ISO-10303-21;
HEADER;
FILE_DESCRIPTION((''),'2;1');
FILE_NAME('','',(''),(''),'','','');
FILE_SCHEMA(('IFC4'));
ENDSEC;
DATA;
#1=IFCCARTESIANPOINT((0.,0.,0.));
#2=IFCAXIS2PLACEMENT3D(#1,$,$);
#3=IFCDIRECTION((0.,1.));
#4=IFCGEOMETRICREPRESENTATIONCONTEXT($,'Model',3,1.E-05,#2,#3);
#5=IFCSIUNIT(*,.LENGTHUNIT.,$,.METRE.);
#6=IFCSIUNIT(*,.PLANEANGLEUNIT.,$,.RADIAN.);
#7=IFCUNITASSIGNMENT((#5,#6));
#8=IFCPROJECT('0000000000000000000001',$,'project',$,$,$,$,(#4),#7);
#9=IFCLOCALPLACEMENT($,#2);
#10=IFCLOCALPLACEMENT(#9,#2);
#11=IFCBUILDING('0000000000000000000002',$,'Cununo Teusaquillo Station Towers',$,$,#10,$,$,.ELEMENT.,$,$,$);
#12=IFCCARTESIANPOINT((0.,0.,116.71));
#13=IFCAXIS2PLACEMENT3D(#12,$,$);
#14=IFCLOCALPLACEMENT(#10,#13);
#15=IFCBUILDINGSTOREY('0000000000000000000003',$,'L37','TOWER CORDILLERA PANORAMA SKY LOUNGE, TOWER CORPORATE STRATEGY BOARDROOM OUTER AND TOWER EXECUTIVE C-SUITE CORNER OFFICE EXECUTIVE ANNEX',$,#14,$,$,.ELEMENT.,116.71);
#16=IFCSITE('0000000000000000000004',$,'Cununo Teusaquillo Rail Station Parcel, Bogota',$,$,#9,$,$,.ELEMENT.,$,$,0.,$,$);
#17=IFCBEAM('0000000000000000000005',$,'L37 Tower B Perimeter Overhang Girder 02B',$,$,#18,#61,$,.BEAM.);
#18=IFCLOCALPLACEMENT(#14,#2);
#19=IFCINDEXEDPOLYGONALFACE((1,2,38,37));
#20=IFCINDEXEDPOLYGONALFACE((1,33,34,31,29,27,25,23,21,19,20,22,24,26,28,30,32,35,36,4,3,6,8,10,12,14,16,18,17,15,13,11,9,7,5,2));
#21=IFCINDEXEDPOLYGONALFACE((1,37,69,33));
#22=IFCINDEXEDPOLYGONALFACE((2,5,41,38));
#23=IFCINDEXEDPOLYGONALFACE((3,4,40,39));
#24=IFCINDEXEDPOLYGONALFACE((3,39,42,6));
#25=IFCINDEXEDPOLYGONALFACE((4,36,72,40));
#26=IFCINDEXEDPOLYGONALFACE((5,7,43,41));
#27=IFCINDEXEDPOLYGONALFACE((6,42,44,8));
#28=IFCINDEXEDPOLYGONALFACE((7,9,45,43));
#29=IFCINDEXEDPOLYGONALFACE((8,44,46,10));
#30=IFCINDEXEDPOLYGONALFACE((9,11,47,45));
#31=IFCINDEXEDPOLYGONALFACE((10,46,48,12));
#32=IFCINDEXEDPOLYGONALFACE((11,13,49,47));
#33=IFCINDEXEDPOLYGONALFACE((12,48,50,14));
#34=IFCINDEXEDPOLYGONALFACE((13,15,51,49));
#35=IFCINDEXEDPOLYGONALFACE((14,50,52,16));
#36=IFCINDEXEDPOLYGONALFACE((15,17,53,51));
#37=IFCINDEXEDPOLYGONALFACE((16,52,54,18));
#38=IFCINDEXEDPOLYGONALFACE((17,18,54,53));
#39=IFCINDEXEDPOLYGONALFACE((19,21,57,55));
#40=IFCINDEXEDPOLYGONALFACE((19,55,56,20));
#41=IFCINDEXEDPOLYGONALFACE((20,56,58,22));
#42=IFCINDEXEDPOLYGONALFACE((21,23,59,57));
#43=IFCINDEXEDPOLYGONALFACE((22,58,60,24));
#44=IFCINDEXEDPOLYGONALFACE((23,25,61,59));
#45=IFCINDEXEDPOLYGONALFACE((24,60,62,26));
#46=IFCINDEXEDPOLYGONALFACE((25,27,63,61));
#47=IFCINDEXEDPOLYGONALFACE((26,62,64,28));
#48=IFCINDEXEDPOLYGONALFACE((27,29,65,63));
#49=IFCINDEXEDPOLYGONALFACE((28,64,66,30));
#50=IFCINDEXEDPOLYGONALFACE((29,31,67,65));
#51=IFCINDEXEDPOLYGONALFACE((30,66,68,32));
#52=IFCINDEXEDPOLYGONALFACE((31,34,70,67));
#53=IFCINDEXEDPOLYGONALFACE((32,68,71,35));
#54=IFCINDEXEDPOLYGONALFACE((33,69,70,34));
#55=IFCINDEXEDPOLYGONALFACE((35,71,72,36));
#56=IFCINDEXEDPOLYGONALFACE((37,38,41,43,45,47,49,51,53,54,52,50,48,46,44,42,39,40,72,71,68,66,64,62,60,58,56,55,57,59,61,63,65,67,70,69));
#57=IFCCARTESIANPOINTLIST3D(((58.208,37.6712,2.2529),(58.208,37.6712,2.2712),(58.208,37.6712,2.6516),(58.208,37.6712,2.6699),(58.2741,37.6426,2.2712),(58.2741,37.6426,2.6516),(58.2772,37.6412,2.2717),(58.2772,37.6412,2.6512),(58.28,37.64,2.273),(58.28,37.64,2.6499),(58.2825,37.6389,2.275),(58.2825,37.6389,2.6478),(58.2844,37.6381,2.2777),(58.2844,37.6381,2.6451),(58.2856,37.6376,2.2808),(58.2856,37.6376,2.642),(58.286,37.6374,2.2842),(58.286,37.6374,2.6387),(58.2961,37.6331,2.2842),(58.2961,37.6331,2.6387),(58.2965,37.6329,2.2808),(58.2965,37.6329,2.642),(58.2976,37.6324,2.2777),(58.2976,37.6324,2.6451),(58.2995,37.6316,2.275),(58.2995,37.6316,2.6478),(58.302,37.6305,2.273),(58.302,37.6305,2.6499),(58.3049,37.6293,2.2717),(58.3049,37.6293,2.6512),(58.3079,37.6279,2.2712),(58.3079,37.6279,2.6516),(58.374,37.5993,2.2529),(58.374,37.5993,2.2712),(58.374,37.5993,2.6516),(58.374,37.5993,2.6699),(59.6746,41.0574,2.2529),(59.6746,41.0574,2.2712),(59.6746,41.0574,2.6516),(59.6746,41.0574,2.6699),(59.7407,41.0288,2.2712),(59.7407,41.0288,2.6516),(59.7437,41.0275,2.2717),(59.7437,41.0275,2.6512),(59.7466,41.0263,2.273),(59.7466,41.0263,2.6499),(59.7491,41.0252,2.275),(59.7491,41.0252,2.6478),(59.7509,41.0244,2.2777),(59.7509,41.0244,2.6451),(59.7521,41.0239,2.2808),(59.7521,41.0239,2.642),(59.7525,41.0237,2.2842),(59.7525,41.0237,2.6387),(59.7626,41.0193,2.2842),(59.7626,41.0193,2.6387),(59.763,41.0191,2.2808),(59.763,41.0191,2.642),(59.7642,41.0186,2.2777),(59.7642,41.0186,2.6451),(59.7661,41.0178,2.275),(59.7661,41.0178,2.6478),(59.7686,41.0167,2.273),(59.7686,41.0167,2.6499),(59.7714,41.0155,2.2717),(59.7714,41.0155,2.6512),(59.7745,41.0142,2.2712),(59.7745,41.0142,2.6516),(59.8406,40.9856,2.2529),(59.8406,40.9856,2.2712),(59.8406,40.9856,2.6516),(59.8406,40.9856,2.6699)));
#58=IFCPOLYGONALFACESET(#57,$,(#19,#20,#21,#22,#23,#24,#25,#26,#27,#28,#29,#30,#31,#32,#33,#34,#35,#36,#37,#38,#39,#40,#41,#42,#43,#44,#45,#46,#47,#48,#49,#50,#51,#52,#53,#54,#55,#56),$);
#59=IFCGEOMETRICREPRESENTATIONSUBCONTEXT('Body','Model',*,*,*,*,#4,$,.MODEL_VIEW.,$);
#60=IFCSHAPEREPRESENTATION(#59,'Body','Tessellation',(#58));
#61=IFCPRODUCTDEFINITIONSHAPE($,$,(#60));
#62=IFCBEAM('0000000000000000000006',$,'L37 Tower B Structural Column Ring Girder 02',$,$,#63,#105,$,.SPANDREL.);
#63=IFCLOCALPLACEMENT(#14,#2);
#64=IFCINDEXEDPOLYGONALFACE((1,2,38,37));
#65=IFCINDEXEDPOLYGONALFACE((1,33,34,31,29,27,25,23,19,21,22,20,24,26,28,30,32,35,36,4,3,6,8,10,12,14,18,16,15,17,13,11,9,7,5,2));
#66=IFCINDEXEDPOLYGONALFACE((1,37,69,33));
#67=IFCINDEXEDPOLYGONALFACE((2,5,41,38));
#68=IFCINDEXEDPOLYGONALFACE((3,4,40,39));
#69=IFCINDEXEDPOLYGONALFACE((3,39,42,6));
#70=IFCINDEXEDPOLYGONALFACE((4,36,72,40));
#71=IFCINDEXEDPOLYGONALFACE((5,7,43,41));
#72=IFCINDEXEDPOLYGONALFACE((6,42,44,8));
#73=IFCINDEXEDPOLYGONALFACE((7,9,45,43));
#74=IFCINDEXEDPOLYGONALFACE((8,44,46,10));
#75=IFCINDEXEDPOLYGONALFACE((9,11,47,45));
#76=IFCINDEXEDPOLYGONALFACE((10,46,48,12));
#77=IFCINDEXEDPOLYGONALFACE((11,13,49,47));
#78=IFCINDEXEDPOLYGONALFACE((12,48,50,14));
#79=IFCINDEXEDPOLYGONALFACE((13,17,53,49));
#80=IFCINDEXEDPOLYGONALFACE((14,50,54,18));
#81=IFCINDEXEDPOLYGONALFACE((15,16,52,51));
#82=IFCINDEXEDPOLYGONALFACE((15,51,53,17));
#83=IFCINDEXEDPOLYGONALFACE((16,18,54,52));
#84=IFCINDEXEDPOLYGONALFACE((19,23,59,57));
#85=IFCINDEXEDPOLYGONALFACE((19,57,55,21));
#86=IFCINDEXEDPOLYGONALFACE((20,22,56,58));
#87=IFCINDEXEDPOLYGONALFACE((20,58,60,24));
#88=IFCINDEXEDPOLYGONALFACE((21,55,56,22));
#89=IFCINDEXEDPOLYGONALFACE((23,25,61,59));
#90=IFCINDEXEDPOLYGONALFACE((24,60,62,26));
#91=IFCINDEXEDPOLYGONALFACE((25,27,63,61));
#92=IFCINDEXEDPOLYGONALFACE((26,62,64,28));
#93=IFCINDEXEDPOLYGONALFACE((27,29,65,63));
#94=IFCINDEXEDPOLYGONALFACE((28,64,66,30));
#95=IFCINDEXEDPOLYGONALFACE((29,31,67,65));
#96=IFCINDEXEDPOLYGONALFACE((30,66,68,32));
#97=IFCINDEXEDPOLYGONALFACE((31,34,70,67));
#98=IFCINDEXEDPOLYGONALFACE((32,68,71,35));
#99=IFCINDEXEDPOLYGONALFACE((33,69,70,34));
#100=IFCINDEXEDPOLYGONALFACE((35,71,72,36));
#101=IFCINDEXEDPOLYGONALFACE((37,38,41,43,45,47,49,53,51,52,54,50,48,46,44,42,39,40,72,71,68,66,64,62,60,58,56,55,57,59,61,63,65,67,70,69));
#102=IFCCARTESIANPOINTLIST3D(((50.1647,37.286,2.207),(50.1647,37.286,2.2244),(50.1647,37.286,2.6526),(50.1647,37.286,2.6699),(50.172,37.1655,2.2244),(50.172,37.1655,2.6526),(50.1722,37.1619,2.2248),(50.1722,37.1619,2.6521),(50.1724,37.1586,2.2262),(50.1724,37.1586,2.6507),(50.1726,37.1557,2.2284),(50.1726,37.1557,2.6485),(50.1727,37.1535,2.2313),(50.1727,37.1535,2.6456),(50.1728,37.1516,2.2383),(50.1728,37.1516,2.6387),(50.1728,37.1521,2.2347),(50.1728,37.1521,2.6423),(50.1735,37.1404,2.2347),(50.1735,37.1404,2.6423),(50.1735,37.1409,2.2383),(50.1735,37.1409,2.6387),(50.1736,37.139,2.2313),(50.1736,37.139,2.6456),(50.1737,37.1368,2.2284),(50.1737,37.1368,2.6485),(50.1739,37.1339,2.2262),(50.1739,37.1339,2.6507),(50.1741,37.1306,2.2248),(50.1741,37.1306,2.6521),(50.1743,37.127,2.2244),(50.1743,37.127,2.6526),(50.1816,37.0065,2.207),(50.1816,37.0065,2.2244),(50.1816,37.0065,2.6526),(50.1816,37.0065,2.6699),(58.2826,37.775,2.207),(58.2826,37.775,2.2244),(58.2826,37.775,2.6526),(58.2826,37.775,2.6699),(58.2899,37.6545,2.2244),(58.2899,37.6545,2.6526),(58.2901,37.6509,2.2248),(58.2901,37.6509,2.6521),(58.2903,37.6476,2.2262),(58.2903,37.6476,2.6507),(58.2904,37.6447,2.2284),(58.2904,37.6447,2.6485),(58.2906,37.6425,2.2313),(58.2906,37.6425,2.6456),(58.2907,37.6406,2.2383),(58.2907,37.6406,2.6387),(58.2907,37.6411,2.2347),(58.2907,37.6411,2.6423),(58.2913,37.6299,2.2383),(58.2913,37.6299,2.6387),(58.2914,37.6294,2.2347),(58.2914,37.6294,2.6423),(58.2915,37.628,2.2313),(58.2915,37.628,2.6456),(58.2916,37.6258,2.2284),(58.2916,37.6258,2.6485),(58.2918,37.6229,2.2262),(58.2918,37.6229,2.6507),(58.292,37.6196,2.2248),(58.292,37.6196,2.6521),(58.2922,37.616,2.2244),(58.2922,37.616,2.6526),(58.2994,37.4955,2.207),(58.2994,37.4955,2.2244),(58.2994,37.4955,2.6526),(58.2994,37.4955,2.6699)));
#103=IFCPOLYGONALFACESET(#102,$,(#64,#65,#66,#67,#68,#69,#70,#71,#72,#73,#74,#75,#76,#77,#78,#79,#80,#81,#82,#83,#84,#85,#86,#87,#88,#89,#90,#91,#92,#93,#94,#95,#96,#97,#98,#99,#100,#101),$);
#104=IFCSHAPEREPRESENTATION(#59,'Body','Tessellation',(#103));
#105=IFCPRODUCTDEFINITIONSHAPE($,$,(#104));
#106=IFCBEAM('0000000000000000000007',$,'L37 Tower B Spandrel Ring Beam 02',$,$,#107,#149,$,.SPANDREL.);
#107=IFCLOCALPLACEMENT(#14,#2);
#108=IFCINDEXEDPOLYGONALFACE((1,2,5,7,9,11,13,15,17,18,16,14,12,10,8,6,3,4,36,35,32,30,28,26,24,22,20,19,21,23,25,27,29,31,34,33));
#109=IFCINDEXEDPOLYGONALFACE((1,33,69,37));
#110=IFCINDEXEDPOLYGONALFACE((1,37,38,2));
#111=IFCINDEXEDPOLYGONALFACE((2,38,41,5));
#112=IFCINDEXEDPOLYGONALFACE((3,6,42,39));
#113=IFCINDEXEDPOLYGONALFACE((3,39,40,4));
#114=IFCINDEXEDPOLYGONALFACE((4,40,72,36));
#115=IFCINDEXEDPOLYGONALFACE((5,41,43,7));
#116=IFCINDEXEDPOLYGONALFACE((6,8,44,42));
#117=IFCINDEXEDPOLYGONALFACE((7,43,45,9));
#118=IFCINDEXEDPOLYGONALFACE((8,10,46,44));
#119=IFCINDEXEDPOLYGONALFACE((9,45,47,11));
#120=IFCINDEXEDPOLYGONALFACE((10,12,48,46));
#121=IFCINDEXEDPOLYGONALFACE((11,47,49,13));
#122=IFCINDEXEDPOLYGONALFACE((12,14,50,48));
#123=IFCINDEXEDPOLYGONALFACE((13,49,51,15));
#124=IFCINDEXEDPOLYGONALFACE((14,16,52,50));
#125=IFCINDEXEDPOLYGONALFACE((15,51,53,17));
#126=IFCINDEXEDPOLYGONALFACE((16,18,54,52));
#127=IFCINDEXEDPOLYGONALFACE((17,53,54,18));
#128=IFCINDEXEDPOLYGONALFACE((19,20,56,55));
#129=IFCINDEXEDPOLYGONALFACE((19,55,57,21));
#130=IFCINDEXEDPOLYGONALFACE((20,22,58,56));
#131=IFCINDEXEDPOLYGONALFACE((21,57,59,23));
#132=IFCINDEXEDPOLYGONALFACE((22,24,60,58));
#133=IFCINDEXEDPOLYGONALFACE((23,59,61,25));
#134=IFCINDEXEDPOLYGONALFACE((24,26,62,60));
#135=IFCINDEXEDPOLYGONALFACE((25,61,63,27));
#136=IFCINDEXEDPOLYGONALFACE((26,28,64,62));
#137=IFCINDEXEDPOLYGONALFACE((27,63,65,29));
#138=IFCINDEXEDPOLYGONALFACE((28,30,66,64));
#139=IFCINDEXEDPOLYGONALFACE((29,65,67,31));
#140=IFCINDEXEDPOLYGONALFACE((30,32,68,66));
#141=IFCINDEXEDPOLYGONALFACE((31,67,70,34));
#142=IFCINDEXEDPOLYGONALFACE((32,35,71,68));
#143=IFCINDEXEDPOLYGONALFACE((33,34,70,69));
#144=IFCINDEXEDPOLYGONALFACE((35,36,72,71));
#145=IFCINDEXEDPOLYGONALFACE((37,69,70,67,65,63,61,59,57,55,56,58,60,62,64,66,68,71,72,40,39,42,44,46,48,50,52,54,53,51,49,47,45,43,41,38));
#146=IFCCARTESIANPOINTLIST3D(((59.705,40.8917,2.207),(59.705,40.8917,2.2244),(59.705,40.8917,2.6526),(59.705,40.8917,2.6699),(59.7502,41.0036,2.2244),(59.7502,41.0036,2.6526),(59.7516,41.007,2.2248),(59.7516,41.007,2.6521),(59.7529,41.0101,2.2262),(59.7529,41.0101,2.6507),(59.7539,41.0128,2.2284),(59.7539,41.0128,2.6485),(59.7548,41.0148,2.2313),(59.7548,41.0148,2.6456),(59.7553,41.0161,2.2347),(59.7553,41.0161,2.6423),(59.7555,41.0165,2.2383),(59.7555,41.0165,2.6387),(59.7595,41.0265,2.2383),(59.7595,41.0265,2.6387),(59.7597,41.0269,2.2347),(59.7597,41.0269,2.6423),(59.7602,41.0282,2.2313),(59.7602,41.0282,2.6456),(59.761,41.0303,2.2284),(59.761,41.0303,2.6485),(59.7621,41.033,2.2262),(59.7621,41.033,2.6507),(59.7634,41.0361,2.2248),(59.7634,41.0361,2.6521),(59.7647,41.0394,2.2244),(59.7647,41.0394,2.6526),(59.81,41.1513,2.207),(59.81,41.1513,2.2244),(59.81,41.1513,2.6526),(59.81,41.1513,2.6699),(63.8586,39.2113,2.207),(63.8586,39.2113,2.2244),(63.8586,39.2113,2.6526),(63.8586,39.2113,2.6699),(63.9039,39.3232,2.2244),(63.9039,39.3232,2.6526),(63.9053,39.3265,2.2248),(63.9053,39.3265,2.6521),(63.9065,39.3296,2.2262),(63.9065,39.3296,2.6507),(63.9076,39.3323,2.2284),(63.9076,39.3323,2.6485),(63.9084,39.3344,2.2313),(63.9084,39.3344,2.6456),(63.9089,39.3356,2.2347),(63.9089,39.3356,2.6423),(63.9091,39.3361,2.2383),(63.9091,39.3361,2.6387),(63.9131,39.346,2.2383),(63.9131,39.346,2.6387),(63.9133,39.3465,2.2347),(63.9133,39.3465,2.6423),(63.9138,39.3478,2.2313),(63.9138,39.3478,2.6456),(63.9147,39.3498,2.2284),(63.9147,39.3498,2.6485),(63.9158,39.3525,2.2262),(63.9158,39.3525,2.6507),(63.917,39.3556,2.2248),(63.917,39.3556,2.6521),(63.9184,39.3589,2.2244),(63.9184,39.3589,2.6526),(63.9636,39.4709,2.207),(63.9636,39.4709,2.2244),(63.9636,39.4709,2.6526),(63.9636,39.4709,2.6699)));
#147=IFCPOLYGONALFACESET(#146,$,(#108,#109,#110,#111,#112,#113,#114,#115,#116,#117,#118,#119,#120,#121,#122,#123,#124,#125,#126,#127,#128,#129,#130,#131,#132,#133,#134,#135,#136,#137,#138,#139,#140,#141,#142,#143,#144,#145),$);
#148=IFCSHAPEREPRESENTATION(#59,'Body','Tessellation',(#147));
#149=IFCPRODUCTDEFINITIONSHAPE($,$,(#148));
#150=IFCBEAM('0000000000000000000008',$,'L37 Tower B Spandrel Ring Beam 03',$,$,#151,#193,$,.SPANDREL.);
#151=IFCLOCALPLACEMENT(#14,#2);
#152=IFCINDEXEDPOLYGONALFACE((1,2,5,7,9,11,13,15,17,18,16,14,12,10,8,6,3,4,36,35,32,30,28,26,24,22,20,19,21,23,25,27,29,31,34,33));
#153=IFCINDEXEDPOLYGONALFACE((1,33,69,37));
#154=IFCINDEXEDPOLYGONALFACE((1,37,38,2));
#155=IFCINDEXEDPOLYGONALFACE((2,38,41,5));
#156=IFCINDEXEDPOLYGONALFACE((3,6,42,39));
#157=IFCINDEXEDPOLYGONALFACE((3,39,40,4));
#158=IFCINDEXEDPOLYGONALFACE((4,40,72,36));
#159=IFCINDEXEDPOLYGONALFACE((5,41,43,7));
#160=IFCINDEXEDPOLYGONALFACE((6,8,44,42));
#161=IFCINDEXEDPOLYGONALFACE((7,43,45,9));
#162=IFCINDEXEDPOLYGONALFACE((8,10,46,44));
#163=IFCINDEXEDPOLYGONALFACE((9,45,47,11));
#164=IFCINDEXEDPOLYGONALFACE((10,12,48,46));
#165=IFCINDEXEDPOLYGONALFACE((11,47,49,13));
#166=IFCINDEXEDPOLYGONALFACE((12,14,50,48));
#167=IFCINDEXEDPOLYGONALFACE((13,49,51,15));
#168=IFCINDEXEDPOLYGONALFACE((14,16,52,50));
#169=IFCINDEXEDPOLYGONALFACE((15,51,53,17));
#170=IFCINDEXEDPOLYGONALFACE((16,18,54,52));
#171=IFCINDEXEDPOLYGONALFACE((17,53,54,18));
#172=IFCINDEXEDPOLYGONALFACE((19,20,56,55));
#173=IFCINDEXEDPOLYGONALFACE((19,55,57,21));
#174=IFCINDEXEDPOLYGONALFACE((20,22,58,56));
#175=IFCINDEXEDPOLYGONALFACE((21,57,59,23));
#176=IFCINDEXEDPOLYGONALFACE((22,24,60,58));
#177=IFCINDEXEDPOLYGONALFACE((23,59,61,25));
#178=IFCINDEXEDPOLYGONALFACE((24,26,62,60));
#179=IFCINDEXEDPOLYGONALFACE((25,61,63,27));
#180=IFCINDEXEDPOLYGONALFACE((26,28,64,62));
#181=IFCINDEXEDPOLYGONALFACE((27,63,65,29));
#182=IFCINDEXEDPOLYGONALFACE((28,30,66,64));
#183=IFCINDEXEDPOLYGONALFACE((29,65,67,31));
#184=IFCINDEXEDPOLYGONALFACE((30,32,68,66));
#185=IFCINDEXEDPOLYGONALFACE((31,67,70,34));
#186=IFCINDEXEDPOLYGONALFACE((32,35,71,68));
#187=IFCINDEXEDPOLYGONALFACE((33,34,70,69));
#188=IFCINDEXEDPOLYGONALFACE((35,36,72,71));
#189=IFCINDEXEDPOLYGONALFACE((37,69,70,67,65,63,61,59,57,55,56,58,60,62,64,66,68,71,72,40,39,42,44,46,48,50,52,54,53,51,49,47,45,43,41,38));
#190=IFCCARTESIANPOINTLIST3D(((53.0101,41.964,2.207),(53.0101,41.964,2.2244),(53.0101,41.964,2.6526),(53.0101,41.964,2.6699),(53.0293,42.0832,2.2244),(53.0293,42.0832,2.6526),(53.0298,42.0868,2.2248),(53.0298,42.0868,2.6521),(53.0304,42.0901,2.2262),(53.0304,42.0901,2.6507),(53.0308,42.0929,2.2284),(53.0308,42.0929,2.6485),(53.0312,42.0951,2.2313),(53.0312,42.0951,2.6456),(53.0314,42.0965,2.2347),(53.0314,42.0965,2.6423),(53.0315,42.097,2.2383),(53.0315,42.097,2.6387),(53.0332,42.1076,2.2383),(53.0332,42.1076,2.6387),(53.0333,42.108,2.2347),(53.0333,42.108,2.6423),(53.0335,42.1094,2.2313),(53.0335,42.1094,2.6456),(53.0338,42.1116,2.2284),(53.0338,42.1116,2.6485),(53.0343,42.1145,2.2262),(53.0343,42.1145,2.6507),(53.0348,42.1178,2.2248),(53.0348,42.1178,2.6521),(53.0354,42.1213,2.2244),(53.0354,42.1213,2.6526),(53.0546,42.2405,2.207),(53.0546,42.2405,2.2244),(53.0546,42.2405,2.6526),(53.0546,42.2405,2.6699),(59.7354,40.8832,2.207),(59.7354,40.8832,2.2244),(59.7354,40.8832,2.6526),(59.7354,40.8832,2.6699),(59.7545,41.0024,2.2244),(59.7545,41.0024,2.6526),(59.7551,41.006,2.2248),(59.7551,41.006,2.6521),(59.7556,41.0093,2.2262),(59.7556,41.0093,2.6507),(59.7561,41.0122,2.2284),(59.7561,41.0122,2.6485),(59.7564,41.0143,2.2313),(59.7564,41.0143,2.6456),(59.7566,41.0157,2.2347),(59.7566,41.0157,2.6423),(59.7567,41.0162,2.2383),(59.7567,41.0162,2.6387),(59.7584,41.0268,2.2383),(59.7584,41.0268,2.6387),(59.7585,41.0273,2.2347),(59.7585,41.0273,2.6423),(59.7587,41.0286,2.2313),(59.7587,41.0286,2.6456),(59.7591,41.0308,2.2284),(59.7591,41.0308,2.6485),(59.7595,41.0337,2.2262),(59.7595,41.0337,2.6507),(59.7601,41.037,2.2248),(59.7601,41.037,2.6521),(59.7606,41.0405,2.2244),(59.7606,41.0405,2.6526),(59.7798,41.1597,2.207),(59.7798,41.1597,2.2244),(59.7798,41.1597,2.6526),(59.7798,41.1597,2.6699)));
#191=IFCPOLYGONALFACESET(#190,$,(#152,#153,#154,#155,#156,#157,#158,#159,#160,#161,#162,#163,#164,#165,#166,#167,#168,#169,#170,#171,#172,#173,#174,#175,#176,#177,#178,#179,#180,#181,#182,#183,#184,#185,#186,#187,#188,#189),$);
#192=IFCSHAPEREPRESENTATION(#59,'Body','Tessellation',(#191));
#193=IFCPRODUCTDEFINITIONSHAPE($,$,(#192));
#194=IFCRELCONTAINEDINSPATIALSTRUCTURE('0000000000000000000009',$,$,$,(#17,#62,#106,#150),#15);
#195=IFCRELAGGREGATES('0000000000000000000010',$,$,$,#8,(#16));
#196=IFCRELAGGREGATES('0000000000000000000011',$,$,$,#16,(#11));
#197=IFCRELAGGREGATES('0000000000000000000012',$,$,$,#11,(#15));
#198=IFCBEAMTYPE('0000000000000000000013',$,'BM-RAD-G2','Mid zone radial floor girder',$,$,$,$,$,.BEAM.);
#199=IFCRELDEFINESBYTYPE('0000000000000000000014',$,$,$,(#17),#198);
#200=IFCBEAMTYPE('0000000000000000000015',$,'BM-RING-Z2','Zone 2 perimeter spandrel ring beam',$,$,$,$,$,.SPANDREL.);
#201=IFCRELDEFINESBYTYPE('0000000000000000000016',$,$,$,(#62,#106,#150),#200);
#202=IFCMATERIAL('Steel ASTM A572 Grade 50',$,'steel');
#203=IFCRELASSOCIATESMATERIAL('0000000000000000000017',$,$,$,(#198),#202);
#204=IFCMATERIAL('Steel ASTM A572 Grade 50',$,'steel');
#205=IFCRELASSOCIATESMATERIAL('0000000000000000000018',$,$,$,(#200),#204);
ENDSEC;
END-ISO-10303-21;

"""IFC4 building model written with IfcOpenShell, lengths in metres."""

from ifc_helpers import new_model, si_unit, direction, frame, origin, origin_2d, place, context, subcontext, project, spatial, i_section, extrude, material, material_profile, profile_set, type_object, element, save


model = new_model("IFC4")

# Units and contexts
model_context = context("Model", 3, precision=1e-05, world=origin(), true_north=direction((0.0, 1.0)))
body_context = subcontext(model_context, "Body", "Model", "MODEL_VIEW")
ifc_project = project(units=[si_unit("LENGTHUNIT", "METRE"), si_unit("PLANEANGLEUNIT", "RADIAN")], contexts=[model_context])

# Site, building, storey
site_placement = place(None, origin())
site = spatial("IfcSite", under=ifc_project, at=site_placement, Name="Cununo Teusaquillo Rail Station Parcel, Bogota", CompositionType="ELEMENT", RefElevation=0.0)
building_placement = place(site_placement, origin())
building = spatial("IfcBuilding", under=site, at=building_placement, Name="Cununo Teusaquillo Station Towers", CompositionType="ELEMENT")
storey_placement = place(building_placement, frame((0.0, 0.0, 116.71)))
storey = spatial("IfcBuildingStorey", under=building, at=storey_placement, Name="L37", Description="TOWER CORDILLERA PANORAMA SKY LOUNGE, TOWER CORPORATE STRATEGY BOARDROOM OUTER AND TOWER EXECUTIVE C-SUITE CORNER OFFICE EXECUTIVE ANNEX", CompositionType="ELEMENT", Elevation=116.71)

# Beams
ifc_material_1 = material(Name="Steel ASTM A572 Grade 50", Category="steel")
ifc_material_profile_1 = material_profile(ifc_material_1, i_section(OverallWidth=0.1809, OverallDepth=0.417, WebThickness=0.011, FlangeThickness=0.0183, FilletRadius=0.0129, at=origin_2d()), Name="W16X57")
ifc_profile_set_1 = profile_set([ifc_material_profile_1], Name="Steel ASTM A572 Grade 50")
beam_type_1 = type_object("IfcBeamType", Name="BM-RAD-G2", Description="Mid zone radial floor girder", PredefinedType="BEAM", material=ifc_profile_set_1)
beam_1_placement = place(storey_placement, frame((58.291, 37.6353, 2.4614), z_axis=(0.397422, 0.917636, 0.0), x_axis=(-0.917636, 0.397422, 0.0)))
element("IfcBeam", 1, at=beam_1_placement, inside=storey, type_object=beam_type_1, Name="L37 Tower B Perimeter Overhang Girder 02B", PredefinedType="BEAM", context=body_context, shape_type="SweptSolid", body=[
    extrude(i_section(OverallWidth=0.1809, OverallDepth=0.417, WebThickness=0.011, FlangeThickness=0.0183, FilletRadius=0.0129, at=origin_2d()), origin(), (0.0, 0.0, 1.0), 3.6902),
])
ifc_material_2 = material(Name="Steel ASTM A572 Grade 50", Category="steel")
ifc_material_profile_2 = material_profile(ifc_material_2, i_section(OverallWidth=0.28, OverallDepth=0.4629, WebThickness=0.0107, FlangeThickness=0.0173, FilletRadius=0.0139, at=origin_2d()), Name="W18X76")
ifc_profile_set_2 = profile_set([ifc_material_profile_2], Name="Steel ASTM A572 Grade 50")
beam_type_2 = type_object("IfcBeamType", Name="BM-RING-Z2", Description="Zone 2 perimeter spandrel ring beam", PredefinedType="SPANDREL", material=ifc_profile_set_2)
beam_2_placement = place(storey_placement, frame((58.291, 37.6353, 2.4385), z_axis=(-0.998191, -0.06013, 0.0), x_axis=(0.06013, -0.998191, 0.0)))
element("IfcBeam", 2, at=beam_2_placement, inside=storey, type_object=beam_type_2, Name="L37 Tower B Structural Column Ring Girder 02", PredefinedType="SPANDREL", context=body_context, shape_type="SweptSolid", body=[
    extrude(i_section(OverallWidth=0.28, OverallDepth=0.4629, WebThickness=0.0107, FlangeThickness=0.0173, FilletRadius=0.0139, at=origin_2d()), origin(), (0.0, 0.0, 1.0), 8.1326),
])
beam_3_placement = place(storey_placement, frame((63.9111, 39.3411, 2.4385), z_axis=(-0.927008, 0.375042, 0.0), x_axis=(-0.375042, -0.927008, 0.0)))
element("IfcBeam", 3, at=beam_3_placement, inside=storey, type_object=beam_type_2, Name="L37 Tower B Spandrel Ring Beam 02", PredefinedType="SPANDREL", context=body_context, shape_type="SweptSolid", body=[
    extrude(i_section(OverallWidth=0.28, OverallDepth=0.4629, WebThickness=0.0107, FlangeThickness=0.0173, FilletRadius=0.0139, at=origin_2d()), origin(), (0.0, 0.0, 1.0), 4.4807),
])
beam_4_placement = place(storey_placement, frame((59.7576, 41.0215, 2.4385), z_axis=(-0.987331, 0.158671, 0.0), x_axis=(-0.158671, -0.987331, 0.0)))
element("IfcBeam", 4, at=beam_4_placement, inside=storey, type_object=beam_type_2, Name="L37 Tower B Spandrel Ring Beam 03", PredefinedType="SPANDREL", context=body_context, shape_type="SweptSolid", body=[
    extrude(i_section(OverallWidth=0.28, OverallDepth=0.4629, WebThickness=0.0107, FlangeThickness=0.0173, FilletRadius=0.0139, at=origin_2d()), origin(), (0.0, 0.0, 1.0), 6.8115),
])

save(model, "model.ifc")
